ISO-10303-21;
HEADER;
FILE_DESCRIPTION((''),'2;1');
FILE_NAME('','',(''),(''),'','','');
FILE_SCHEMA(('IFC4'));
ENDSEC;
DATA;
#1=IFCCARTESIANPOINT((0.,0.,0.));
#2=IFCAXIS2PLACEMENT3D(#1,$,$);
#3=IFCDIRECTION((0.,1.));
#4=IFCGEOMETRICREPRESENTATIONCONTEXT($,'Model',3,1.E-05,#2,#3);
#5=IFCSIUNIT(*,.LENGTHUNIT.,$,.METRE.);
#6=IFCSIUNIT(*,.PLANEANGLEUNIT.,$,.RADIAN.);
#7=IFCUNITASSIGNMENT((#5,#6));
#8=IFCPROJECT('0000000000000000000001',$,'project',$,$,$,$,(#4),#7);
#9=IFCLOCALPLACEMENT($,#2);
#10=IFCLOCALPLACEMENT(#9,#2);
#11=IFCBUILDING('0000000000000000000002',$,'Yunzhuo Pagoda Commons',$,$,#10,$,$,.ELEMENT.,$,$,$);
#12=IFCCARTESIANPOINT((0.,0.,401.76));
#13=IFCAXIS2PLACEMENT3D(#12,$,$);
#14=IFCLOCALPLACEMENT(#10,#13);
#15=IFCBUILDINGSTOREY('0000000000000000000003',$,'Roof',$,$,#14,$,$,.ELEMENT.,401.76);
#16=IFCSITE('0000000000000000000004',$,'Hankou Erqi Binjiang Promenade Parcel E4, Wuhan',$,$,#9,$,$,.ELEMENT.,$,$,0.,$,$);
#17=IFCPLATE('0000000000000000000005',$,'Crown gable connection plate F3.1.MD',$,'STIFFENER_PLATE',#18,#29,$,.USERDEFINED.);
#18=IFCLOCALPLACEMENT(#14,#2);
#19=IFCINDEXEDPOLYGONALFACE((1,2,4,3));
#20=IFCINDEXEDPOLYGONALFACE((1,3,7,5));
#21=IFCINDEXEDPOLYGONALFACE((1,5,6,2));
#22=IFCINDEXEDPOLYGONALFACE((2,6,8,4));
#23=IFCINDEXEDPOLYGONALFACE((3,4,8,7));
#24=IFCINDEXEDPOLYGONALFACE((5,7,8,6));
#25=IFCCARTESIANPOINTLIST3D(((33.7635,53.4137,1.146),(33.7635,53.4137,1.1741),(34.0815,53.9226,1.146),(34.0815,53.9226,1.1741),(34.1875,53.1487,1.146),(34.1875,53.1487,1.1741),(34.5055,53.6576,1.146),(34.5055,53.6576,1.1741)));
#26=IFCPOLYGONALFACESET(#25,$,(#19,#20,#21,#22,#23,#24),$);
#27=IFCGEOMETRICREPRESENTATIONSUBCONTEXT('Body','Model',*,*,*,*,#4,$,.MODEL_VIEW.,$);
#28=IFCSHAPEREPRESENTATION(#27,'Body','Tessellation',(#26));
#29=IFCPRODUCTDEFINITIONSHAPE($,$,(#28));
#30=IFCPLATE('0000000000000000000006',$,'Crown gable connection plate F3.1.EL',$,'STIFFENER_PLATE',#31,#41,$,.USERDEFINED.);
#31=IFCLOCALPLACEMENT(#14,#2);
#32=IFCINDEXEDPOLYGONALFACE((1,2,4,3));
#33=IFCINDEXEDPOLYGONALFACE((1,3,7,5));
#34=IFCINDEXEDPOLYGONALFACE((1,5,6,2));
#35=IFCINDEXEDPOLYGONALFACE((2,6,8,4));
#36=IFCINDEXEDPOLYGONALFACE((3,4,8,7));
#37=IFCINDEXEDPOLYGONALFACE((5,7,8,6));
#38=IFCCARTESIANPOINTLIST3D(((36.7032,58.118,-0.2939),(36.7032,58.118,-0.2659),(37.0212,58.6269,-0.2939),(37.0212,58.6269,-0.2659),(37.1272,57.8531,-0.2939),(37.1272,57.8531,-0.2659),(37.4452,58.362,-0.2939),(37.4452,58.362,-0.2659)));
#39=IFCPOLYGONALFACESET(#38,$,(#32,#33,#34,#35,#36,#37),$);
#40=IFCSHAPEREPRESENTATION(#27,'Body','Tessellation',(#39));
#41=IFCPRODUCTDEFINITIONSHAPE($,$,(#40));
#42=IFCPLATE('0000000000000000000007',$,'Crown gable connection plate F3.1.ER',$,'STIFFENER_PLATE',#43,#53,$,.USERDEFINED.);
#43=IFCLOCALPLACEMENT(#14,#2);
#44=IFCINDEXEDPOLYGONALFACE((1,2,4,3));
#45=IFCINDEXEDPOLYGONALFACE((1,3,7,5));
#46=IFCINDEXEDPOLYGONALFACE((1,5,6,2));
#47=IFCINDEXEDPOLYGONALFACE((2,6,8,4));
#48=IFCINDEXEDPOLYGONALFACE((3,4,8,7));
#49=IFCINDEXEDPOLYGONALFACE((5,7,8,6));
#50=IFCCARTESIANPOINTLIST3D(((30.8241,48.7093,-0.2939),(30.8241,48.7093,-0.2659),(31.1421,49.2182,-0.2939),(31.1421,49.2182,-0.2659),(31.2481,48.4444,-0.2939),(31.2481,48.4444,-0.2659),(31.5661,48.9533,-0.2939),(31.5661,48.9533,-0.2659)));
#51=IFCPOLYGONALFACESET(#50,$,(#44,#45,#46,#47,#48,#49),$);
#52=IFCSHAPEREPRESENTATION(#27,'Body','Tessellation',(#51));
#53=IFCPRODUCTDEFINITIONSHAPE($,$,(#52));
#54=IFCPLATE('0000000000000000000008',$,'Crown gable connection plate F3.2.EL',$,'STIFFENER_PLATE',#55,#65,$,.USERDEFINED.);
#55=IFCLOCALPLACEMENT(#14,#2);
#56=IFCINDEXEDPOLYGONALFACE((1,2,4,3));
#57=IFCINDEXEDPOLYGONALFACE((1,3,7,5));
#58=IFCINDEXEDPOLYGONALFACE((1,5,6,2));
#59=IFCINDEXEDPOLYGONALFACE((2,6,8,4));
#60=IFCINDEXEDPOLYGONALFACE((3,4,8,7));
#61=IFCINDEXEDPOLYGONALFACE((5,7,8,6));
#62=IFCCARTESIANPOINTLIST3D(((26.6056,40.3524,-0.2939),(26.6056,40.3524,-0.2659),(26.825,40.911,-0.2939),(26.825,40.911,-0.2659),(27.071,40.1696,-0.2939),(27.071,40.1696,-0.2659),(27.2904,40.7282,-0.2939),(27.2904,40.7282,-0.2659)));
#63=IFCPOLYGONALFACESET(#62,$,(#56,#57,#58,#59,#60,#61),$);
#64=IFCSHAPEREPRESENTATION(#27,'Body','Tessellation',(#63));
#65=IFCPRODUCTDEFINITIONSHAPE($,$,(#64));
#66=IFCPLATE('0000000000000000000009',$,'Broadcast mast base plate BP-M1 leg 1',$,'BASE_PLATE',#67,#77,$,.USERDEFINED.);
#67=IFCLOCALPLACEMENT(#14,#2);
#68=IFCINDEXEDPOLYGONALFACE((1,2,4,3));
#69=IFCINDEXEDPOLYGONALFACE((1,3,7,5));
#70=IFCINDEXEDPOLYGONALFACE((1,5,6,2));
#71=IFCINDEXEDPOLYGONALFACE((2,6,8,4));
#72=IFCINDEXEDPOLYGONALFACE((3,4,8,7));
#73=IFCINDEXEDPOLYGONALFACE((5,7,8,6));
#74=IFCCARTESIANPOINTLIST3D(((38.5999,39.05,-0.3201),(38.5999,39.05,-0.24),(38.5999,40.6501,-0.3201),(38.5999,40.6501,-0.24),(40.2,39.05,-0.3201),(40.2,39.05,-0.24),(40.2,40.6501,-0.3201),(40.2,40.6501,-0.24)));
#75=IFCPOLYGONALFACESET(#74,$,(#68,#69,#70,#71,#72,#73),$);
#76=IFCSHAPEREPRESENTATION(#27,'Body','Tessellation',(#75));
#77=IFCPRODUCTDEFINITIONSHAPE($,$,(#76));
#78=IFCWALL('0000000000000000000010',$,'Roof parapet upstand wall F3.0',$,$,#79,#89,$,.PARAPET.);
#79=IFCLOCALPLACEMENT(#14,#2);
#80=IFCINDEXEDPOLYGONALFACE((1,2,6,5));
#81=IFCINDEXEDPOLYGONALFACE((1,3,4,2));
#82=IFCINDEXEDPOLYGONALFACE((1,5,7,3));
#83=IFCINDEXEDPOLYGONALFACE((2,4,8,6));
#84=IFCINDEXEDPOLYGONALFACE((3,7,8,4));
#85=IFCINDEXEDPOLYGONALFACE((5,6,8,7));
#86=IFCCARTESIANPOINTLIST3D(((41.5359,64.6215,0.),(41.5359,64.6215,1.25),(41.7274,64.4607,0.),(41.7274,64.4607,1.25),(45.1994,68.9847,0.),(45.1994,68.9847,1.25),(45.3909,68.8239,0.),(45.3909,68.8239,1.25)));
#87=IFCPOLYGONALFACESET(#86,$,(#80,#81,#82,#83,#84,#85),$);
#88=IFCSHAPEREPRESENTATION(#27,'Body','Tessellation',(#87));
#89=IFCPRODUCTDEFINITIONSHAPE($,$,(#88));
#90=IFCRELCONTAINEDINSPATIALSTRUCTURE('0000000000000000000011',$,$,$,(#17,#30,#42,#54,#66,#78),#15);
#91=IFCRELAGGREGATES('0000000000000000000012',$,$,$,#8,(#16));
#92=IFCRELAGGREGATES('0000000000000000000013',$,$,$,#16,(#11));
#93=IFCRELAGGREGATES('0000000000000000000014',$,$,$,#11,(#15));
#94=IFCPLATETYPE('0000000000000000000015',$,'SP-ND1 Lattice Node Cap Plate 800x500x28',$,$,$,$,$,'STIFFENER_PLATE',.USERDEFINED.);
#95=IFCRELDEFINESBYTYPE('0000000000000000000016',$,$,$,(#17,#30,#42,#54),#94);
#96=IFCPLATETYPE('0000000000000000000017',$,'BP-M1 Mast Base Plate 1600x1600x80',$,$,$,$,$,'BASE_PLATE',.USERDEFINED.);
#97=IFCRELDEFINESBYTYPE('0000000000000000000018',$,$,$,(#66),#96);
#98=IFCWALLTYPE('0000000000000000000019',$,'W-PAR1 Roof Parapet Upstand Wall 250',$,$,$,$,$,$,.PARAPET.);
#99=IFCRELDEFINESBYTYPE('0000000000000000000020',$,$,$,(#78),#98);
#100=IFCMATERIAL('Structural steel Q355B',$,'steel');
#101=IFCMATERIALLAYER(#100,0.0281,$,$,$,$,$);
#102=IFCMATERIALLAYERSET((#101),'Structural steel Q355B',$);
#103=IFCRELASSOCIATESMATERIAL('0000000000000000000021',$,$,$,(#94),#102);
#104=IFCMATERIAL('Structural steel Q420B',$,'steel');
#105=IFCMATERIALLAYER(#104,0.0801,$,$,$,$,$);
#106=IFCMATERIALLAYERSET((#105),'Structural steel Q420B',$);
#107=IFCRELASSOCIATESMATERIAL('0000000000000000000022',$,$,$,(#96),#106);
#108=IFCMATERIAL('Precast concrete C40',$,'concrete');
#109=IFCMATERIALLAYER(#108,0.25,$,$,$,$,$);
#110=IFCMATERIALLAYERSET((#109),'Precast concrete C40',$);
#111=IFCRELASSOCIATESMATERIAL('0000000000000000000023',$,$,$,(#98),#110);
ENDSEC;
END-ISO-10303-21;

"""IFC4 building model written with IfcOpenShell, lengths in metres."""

from ifc_helpers import new_model, si_unit, direction, frame, frame_2d, origin, origin_2d, place, context, subcontext, project, spatial, rectangle, extrude, source, transform, mapped, material, layer, layer_set, type_object, element, save


model = new_model("IFC4")

# Units and contexts
model_context = context("Model", 3, precision=1e-05, world=origin(), true_north=direction((0.0, 1.0)))
body_context = subcontext(model_context, "Body", "Model", "MODEL_VIEW")
ifc_project = project(units=[si_unit("LENGTHUNIT", "METRE"), si_unit("PLANEANGLEUNIT", "RADIAN")], contexts=[model_context])

# Site, building, storey
site_placement = place(None, origin())
site = spatial("IfcSite", under=ifc_project, at=site_placement, Name="Hankou Erqi Binjiang Promenade Parcel E4, Wuhan", CompositionType="ELEMENT", RefElevation=0.0)
building_placement = place(site_placement, origin())
building = spatial("IfcBuilding", under=site, at=building_placement, Name="Yunzhuo Pagoda Commons", CompositionType="ELEMENT")
storey_placement = place(building_placement, frame((0.0, 0.0, 401.76)))
storey = spatial("IfcBuildingStorey", under=building, at=storey_placement, Name="Roof", CompositionType="ELEMENT", Elevation=401.76)

# Shared definitions
ifc_material_1 = material(Name="Structural steel Q420B", Category="steel")
ifc_material_2 = material(Name="Structural steel Q355B", Category="steel")

# Plates
ifc_layer_1 = layer(ifc_material_2, 0.0281)
ifc_layer_set_1 = layer_set([ifc_layer_1], Name="Structural steel Q355B")
plate_type_1 = type_object("IfcPlateType", Name="SP-ND1 Lattice Node Cap Plate 800x500x28", ElementType="STIFFENER_PLATE", PredefinedType="USERDEFINED", material=ifc_layer_set_1)
shared_shape_1 = source(origin(), body_context, "Body", "SweptSolid", [
    extrude(rectangle(XDim=0.6001, YDim=0.5, at=origin_2d()), origin(), (0.0, 0.0, 1.0), 0.0281),
])
for number, where, z_axis, x_axis, name in (
    (1, (34.1345, 53.5356, 1.146), (0.0, 0.0, 1.0), (-0.529904, -0.848057, 0.0), "Crown gable connection plate F3.1.MD"),
    (2, (37.0742, 58.24, -0.2939), (0.0, 0.0, 1.0), (-0.529904, -0.848057, 0.0), "Crown gable connection plate F3.1.EL"),
    (3, (31.1951, 48.8313, -0.2939), (0.0, 0.0, 1.0), (-0.529904, -0.848057, 0.0), "Crown gable connection plate F3.1.ER"),
    (4, (26.948, 40.5403, -0.2939), (0.0, 0.0, 1.0), (-0.365527, -0.930801, 0.0), "Crown gable connection plate F3.2.EL"),
):
    element("IfcPlate", number, at=place(storey_placement, frame(where, z_axis=z_axis, x_axis=x_axis)), inside=storey, type_object=plate_type_1, Name=name, ObjectType="STIFFENER_PLATE", PredefinedType="USERDEFINED", context=body_context, shape_type="MappedRepresentation", body=[
        mapped(shared_shape_1, transform((0.0, 0.0, 0.0), scale=1.0)),
    ])
ifc_layer_2 = layer(ifc_material_1, 0.0801)
ifc_layer_set_2 = layer_set([ifc_layer_2], Name="Structural steel Q420B")
plate_type_2 = type_object("IfcPlateType", Name="BP-M1 Mast Base Plate 1600x1600x80", ElementType="BASE_PLATE", PredefinedType="USERDEFINED", material=ifc_layer_set_2)
shared_shape_2 = source(origin(), body_context, "Body", "SweptSolid", [
    extrude(rectangle(XDim=1.6001, YDim=1.6001, at=origin_2d()), origin(), (0.0, 0.0, 1.0), 0.0801),
])
plate_placement = place(storey_placement, frame((39.3999, 39.8501, -0.3201), z_axis=(0.0, 0.0, 1.0), x_axis=(1.0, 0.0, 0.0)))
element("IfcPlate", 5, at=plate_placement, inside=storey, type_object=plate_type_2, Name="Broadcast mast base plate BP-M1 leg 1", ObjectType="BASE_PLATE", PredefinedType="USERDEFINED", context=body_context, shape_type="MappedRepresentation", body=[
    mapped(shared_shape_2, transform((0.0, 0.0, 0.0), scale=1.0)),
])

# Wall
ifc_material_3 = material(Name="Precast concrete C40", Category="concrete")
ifc_layer_3 = layer(ifc_material_3, 0.25)
ifc_layer_set_3 = layer_set([ifc_layer_3], Name="Precast concrete C40")
wall_type = type_object("IfcWallType", Name="W-PAR1 Roof Parapet Upstand Wall 250", PredefinedType="PARAPET", material=ifc_layer_set_3)
wall_placement = place(storey_placement, frame((45.2952, 68.9043, 0.0), z_axis=(0.0, 0.0, 1.0), x_axis=(-0.643029, -0.765842, 0.0)))
element("IfcWall", 6, at=wall_placement, inside=storey, type_object=wall_type, Name="Roof parapet upstand wall F3.0", PredefinedType="PARAPET", context=body_context, shape_type="SweptSolid", body=[
    extrude(rectangle(XDim=5.6973, YDim=0.25, at=frame_2d((2.8486, 0.0))), origin(), (0.0, 0.0, 1.0), 1.25),
])

save(model, "model.ifc")
